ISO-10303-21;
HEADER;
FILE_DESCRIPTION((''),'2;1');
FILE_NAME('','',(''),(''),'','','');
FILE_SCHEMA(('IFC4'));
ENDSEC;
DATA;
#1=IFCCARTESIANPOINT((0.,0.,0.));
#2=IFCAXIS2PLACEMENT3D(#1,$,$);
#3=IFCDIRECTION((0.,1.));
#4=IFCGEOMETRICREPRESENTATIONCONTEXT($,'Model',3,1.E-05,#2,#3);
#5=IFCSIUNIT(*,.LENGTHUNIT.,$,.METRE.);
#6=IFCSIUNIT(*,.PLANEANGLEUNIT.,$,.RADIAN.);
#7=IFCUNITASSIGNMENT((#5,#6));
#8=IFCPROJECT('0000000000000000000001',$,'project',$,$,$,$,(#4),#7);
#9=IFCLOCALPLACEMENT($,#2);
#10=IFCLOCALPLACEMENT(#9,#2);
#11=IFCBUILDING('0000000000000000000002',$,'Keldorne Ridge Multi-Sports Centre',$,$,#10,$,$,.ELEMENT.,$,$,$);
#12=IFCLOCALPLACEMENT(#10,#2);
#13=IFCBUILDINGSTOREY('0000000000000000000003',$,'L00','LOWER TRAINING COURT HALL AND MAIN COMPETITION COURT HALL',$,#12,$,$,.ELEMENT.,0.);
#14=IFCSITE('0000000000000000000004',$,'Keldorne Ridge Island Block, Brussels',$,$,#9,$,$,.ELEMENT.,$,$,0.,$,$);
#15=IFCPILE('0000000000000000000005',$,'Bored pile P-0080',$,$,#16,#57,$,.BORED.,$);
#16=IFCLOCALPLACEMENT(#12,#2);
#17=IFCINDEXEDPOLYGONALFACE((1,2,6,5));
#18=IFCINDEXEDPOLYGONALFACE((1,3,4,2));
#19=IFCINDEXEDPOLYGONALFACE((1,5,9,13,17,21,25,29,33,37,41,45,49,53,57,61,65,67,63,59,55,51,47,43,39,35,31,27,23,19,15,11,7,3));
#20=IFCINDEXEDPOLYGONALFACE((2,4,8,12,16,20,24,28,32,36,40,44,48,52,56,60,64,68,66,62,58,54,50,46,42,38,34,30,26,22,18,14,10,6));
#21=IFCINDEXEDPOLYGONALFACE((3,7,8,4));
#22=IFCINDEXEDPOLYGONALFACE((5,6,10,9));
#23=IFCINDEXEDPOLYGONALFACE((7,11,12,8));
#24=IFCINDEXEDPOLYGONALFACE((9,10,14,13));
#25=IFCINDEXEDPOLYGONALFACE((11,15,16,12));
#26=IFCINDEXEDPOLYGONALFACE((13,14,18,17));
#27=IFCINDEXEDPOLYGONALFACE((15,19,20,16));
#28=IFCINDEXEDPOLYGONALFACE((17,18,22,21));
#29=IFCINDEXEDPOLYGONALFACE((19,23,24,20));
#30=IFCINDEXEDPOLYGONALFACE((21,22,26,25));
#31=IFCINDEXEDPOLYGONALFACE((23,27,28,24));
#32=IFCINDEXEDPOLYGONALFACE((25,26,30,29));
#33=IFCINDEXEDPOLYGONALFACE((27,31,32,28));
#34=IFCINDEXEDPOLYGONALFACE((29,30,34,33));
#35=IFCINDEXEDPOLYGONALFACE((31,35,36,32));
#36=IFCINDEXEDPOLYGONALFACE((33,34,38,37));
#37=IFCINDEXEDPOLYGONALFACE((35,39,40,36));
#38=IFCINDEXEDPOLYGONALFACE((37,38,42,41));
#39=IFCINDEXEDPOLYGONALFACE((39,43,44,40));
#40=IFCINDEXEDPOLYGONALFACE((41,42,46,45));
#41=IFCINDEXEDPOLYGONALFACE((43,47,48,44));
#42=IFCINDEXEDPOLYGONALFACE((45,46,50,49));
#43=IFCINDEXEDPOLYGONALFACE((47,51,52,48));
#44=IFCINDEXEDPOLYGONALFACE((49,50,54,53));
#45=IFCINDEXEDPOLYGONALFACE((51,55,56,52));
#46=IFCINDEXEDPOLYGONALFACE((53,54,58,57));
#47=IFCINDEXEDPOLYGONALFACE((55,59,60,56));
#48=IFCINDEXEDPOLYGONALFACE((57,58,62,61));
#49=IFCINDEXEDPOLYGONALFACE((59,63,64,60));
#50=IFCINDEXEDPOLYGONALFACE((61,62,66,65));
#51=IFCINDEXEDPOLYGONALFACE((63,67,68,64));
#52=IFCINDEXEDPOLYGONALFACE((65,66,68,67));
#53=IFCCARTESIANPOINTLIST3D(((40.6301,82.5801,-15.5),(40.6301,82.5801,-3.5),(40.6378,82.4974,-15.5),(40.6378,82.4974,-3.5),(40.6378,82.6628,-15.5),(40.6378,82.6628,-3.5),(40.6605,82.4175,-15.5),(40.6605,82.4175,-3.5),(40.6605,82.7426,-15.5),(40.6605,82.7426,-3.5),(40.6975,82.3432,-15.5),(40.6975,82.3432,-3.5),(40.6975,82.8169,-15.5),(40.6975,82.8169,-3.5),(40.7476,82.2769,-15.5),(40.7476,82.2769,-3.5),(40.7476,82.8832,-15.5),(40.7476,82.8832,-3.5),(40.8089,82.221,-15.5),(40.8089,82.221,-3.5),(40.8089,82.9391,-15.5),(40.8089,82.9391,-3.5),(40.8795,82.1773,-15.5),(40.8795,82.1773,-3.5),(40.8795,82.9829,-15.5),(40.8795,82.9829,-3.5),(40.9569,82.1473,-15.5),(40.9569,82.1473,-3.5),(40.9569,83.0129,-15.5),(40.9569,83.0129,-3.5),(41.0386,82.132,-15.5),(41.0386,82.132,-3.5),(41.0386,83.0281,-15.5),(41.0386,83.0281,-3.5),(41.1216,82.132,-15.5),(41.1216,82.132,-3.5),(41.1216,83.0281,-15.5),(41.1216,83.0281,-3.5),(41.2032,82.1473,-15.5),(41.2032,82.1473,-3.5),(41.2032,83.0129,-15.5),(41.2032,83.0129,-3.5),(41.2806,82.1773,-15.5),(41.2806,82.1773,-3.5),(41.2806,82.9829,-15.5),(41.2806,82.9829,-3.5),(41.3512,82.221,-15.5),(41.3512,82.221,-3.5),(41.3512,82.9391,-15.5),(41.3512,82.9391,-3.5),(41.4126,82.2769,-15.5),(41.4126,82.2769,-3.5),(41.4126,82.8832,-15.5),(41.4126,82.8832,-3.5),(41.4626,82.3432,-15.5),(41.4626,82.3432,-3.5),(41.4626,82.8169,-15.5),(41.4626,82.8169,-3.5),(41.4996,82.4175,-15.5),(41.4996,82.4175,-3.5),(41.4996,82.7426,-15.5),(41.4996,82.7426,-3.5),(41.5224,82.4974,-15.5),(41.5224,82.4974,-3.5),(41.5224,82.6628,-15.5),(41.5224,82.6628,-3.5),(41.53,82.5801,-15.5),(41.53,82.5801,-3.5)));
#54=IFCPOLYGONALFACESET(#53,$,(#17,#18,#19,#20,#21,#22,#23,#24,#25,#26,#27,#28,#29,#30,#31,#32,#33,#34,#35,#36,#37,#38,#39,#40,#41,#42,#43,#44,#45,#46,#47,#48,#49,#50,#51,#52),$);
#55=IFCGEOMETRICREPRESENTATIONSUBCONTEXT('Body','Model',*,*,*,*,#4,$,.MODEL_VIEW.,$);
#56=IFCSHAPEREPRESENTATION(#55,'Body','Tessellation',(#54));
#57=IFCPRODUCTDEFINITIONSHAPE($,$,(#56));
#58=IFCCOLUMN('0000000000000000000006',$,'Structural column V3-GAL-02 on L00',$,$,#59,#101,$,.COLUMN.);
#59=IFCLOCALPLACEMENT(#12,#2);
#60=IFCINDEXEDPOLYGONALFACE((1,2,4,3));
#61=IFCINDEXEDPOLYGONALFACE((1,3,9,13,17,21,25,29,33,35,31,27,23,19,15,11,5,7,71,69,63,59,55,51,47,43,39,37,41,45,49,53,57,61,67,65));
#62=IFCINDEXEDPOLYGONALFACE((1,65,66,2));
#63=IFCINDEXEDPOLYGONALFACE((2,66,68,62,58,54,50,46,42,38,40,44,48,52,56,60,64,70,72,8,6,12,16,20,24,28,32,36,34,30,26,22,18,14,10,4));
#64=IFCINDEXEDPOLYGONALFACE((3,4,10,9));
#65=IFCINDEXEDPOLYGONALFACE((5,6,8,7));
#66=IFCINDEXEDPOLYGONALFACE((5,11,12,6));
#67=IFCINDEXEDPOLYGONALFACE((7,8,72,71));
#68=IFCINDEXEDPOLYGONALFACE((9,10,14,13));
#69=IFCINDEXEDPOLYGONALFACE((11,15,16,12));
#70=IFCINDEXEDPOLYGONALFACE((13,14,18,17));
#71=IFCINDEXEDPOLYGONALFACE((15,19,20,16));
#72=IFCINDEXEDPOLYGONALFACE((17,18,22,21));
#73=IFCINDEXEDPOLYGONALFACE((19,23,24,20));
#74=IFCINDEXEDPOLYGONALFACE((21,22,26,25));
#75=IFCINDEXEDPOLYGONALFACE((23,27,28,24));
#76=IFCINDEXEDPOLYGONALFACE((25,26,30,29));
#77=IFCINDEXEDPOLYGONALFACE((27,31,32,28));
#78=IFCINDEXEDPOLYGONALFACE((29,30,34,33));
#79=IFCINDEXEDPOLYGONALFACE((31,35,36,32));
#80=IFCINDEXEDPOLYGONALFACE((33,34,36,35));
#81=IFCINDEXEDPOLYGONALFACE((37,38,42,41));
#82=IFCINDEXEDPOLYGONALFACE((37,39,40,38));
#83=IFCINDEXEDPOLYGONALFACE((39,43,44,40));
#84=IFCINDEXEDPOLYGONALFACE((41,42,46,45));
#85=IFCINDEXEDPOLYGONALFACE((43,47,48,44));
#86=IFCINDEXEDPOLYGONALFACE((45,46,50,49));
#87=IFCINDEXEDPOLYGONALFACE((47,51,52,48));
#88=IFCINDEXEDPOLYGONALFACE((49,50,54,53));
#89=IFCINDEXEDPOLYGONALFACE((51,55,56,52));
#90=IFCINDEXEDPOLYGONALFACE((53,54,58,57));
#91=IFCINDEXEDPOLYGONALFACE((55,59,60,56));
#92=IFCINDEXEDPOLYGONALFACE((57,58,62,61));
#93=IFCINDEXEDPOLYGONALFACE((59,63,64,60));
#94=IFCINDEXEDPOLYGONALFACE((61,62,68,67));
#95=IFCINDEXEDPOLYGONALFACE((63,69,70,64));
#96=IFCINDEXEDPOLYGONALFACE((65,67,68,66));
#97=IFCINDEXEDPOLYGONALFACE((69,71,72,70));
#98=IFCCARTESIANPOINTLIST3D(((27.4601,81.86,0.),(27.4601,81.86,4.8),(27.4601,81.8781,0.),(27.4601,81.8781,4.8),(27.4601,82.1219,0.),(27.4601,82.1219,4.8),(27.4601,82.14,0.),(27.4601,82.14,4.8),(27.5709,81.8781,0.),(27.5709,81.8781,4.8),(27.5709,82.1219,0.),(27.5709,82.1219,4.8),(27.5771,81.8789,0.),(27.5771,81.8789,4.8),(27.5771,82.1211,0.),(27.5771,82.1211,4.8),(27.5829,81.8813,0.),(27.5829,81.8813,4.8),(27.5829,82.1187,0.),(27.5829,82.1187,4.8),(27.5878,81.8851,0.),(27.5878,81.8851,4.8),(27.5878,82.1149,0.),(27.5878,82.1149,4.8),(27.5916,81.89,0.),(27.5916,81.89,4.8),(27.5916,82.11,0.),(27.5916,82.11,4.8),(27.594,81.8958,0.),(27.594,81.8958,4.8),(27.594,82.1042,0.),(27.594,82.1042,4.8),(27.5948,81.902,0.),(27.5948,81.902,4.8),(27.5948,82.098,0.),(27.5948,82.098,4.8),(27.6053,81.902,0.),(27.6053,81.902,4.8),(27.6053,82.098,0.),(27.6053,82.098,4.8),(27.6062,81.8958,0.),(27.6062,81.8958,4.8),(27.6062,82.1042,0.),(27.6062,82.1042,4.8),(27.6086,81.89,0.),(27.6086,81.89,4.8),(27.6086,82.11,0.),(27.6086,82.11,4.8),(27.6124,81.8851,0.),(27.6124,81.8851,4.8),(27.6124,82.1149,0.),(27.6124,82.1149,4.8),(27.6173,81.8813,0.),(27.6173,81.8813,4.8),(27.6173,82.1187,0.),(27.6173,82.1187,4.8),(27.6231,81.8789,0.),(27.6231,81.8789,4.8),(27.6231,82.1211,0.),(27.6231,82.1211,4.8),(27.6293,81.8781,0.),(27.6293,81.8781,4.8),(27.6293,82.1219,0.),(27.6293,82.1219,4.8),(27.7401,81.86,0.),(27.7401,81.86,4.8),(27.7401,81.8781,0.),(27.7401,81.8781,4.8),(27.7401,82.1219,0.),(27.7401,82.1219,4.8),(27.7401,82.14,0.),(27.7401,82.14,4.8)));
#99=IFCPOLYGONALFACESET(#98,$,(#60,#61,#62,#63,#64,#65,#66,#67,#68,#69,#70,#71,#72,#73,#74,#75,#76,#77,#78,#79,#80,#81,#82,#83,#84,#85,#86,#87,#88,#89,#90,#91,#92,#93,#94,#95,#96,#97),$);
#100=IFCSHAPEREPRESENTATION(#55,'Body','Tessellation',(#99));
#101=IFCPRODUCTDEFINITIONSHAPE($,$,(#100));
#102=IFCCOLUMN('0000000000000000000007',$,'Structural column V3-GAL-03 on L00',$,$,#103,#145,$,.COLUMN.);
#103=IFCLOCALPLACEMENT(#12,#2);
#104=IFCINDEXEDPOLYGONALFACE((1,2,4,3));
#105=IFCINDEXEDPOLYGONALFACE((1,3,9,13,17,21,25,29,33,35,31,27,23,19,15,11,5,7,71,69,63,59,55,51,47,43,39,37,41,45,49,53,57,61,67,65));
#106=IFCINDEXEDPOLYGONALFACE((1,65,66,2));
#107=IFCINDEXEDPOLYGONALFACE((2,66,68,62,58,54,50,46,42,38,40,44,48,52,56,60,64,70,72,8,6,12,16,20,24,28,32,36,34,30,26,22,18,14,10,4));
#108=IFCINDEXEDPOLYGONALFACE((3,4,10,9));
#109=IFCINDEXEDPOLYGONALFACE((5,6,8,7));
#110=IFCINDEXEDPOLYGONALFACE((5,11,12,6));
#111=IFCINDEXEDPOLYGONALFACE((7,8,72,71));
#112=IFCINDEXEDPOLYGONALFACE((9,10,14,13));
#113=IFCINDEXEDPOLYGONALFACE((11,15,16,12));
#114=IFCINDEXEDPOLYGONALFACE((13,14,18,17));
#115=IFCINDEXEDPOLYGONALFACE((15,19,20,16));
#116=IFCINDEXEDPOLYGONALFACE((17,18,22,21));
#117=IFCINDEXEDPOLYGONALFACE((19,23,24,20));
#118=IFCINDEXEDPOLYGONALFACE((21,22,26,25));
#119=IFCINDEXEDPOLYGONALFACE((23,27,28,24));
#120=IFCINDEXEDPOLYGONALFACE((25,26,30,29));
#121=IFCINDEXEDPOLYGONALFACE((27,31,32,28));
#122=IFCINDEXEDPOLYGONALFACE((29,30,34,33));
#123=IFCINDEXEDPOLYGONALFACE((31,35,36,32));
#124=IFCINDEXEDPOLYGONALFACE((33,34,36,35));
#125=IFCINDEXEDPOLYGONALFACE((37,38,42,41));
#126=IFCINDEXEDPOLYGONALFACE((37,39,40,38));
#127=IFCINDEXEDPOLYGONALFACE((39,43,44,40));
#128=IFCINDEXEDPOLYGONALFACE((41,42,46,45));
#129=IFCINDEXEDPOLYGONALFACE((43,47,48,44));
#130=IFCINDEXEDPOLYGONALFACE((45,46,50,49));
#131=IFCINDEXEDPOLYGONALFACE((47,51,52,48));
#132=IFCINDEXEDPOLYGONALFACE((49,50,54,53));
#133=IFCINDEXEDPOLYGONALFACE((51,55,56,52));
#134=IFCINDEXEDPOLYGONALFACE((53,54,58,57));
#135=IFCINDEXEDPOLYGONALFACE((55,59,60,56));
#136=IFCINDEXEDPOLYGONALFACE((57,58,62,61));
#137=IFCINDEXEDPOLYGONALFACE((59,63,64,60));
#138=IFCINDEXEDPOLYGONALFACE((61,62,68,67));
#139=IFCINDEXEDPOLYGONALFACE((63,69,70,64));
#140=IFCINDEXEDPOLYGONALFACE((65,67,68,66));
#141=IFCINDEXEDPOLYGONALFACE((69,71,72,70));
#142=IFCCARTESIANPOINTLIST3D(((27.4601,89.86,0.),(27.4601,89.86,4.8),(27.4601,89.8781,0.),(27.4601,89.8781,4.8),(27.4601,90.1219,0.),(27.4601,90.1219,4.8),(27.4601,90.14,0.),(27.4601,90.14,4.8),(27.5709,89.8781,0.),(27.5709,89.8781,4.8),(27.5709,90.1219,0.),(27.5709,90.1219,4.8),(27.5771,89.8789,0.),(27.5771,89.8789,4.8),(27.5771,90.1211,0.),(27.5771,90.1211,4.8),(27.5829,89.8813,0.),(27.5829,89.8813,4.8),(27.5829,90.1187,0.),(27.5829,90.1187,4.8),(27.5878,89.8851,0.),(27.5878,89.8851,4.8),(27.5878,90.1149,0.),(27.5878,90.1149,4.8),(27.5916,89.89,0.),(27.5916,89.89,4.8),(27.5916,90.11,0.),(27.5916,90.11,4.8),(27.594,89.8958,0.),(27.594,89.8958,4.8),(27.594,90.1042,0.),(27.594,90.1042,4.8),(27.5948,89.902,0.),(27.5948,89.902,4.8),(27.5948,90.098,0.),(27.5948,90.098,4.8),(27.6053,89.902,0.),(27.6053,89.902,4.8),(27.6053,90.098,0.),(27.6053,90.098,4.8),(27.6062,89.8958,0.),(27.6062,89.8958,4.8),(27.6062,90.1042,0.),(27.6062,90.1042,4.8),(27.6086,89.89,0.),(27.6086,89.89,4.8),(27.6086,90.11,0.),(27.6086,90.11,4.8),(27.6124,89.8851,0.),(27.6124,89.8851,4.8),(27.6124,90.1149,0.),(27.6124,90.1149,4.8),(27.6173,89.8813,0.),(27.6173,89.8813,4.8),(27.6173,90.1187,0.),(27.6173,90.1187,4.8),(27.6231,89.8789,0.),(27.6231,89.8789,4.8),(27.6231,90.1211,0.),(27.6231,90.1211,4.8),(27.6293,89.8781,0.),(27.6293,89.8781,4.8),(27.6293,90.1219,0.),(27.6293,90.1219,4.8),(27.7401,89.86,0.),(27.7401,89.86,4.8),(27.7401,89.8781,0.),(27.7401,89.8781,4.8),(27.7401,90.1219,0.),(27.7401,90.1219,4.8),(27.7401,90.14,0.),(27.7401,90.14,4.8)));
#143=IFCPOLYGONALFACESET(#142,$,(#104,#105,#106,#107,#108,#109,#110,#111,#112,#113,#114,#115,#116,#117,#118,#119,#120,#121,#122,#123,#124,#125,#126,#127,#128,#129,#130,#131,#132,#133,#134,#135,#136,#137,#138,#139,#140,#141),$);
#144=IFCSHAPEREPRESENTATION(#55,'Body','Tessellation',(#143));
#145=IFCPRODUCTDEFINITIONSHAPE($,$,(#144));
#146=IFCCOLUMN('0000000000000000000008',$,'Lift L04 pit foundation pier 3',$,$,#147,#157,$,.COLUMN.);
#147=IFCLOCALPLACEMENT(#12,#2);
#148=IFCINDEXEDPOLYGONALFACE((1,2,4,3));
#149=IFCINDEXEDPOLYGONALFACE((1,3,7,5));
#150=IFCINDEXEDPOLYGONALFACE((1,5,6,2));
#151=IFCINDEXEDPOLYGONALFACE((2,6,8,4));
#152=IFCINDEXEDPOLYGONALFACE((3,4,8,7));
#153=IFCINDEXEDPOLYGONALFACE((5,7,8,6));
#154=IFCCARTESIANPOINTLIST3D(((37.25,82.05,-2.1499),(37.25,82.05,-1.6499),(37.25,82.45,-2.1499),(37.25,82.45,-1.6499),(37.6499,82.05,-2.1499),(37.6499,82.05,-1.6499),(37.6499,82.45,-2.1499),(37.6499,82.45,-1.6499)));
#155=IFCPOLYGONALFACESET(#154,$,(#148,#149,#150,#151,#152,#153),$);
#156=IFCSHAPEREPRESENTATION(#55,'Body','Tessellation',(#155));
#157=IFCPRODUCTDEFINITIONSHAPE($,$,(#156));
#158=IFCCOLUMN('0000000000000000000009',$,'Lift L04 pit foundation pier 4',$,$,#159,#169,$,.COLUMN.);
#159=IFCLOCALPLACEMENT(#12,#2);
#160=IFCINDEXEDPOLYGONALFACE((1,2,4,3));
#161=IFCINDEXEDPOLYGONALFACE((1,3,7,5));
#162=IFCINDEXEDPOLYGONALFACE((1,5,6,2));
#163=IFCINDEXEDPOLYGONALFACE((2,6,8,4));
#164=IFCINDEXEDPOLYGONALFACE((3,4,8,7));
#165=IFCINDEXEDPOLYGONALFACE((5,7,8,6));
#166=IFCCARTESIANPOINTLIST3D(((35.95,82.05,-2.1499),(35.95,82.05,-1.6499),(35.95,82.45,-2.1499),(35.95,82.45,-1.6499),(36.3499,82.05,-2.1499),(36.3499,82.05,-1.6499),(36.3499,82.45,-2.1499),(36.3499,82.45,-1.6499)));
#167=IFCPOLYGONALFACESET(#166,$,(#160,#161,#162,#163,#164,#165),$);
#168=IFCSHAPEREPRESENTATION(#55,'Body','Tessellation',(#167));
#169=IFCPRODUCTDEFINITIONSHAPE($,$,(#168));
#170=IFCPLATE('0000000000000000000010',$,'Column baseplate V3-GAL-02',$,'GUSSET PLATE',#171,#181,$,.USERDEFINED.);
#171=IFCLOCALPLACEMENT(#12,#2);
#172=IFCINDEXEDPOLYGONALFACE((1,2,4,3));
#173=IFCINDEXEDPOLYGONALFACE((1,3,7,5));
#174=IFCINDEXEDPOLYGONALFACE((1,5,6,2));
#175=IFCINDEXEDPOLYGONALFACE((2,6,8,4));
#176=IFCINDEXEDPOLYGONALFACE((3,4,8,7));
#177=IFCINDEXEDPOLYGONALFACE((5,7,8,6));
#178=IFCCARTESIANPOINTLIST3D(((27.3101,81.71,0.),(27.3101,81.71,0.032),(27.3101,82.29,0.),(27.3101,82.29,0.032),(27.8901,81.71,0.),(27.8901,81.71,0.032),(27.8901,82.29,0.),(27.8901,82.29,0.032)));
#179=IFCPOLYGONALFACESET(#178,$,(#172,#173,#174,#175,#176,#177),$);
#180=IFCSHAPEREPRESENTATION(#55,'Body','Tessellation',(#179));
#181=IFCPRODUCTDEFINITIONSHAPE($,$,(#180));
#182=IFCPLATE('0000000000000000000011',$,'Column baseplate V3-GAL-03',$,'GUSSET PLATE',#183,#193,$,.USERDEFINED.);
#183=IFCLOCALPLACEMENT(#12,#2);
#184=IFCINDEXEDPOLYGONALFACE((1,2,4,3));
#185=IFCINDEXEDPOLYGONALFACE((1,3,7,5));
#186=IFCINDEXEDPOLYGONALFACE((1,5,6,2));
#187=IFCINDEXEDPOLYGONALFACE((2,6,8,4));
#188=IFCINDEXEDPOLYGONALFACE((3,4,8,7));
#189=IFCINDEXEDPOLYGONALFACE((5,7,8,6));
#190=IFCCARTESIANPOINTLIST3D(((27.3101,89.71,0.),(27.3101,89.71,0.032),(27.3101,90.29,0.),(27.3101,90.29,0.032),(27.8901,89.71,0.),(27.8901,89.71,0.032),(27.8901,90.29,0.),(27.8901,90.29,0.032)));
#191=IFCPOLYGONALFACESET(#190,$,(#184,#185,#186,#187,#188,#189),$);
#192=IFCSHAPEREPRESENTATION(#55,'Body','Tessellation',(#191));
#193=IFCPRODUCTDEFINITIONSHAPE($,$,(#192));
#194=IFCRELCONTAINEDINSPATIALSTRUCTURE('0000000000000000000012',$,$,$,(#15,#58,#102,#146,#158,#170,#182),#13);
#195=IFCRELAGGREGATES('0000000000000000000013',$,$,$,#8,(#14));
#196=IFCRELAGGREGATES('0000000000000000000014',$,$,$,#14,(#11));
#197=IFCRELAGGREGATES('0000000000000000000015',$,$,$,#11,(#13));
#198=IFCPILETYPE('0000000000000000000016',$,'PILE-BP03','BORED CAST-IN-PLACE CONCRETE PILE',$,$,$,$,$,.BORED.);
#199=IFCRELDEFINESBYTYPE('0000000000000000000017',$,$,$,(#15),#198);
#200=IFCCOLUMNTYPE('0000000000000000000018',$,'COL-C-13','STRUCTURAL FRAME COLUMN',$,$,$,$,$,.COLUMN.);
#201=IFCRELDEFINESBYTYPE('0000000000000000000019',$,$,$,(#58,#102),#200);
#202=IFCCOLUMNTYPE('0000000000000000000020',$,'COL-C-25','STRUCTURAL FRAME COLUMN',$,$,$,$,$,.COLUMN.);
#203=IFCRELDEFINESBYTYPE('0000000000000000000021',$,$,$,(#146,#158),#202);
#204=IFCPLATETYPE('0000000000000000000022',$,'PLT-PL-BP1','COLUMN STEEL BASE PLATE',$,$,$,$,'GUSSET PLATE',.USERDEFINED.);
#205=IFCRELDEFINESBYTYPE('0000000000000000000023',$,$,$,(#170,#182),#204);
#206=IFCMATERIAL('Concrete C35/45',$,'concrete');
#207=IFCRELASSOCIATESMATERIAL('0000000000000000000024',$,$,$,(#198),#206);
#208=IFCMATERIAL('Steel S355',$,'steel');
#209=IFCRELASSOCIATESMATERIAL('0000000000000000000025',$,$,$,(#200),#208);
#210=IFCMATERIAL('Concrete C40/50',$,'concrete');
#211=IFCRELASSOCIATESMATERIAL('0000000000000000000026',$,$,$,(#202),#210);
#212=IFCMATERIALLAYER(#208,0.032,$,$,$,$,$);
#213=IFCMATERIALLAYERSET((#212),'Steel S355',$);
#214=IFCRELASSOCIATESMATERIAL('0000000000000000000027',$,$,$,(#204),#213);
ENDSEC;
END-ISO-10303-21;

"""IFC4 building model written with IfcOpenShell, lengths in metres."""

from ifc_helpers import new_model, si_unit, direction, frame, origin, origin_2d, place, context, subcontext, project, spatial, rectangle, circle, i_section, extrude, material, layer, layer_set, material_profile, profile_set, type_object, element, save


model = new_model("IFC4")

# Units and contexts
model_context = context("Model", 3, precision=1e-05, world=origin(), true_north=direction((0.0, 1.0)))
body_context = subcontext(model_context, "Body", "Model", "MODEL_VIEW")
ifc_project = project(units=[si_unit("LENGTHUNIT", "METRE"), si_unit("PLANEANGLEUNIT", "RADIAN")], contexts=[model_context])

# Site, building, storey
site_placement = place(None, origin())
site = spatial("IfcSite", under=ifc_project, at=site_placement, Name="Keldorne Ridge Island Block, Brussels", CompositionType="ELEMENT", RefElevation=0.0)
building_placement = place(site_placement, origin())
building = spatial("IfcBuilding", under=site, at=building_placement, Name="Keldorne Ridge Multi-Sports Centre", CompositionType="ELEMENT")
storey_placement = place(building_placement, origin())
storey = spatial("IfcBuildingStorey", under=building, at=storey_placement, Name="L00", Description="LOWER TRAINING COURT HALL AND MAIN COMPETITION COURT HALL", CompositionType="ELEMENT", Elevation=0.0)

# Shared definitions
ifc_material_1 = material(Name="Concrete C35/45", Category="concrete")

# Pile
ifc_material_profile_1 = material_profile(ifc_material_1, circle(Radius=0.45, at=origin_2d()), Name="BORED PILE D900")
ifc_profile_set_1 = profile_set([ifc_material_profile_1], Name="Concrete C35/45")
pile_type_1 = type_object("IfcPileType", Name="PILE-BP03", Description="BORED CAST-IN-PLACE CONCRETE PILE", PredefinedType="BORED", material=ifc_profile_set_1)
for number, where, z_axis, x_axis, name in (
    (1, (41.0801, 82.5801, -3.5), (0.0, 0.0, -1.0), (1.0, 0.0, 0.0), "Bored pile P-0080"),
):
    element("IfcPile", number, at=place(storey_placement, frame(where, z_axis=z_axis, x_axis=x_axis)), inside=storey, type_object=pile_type_1, Name=name, PredefinedType="BORED", context=body_context, shape_type="SweptSolid", body=[
        extrude(circle(Radius=0.45, at=origin_2d()), origin(), (0.0, 0.0, 1.0), 12.0),
    ])

# Columns
ifc_material_2 = material(Name="Steel S355", Category="steel")
ifc_material_profile_2 = material_profile(ifc_material_2, i_section(OverallWidth=0.28, OverallDepth=0.28, WebThickness=0.0105, FlangeThickness=0.0181, FilletRadius=0.0239, at=origin_2d()), Name="HEB 280")
ifc_profile_set_2 = profile_set([ifc_material_profile_2], Name="Steel S355")
column_type_1 = type_object("IfcColumnType", Name="COL-C-13", Description="STRUCTURAL FRAME COLUMN", PredefinedType="COLUMN", material=ifc_profile_set_2)
for number, where, z_axis, x_axis, name in (
    (2, (27.6001, 82.0, 0.0), (0.0, 0.0, 1.0), (1.0, 0.0, 0.0), "Structural column V3-GAL-02 on L00"),
    (3, (27.6001, 90.0, 0.0), (0.0, 0.0, 1.0), (1.0, 0.0, 0.0), "Structural column V3-GAL-03 on L00"),
):
    element("IfcColumn", number, at=place(storey_placement, frame(where, z_axis=z_axis, x_axis=x_axis)), inside=storey, type_object=column_type_1, Name=name, PredefinedType="COLUMN", context=body_context, shape_type="SweptSolid", body=[
        extrude(i_section(OverallWidth=0.28, OverallDepth=0.28, WebThickness=0.0105, FlangeThickness=0.0181, FilletRadius=0.0239, at=origin_2d()), origin(), (0.0, 0.0, 1.0), 4.8),
    ])
ifc_material_3 = material(Name="Concrete C40/50", Category="concrete")
ifc_material_profile_3 = material_profile(ifc_material_3, rectangle(XDim=0.3999, YDim=0.3999, at=origin_2d()), Name="RC 400x400")
ifc_profile_set_3 = profile_set([ifc_material_profile_3], Name="Concrete C40/50")
column_type_2 = type_object("IfcColumnType", Name="COL-C-25", Description="STRUCTURAL FRAME COLUMN", PredefinedType="COLUMN", material=ifc_profile_set_3)
for number, where, z_axis, x_axis, name in (
    (4, (37.45, 82.25, -2.1499), (0.0, 0.0, 1.0), (1.0, 0.0, 0.0), "Lift L04 pit foundation pier 3"),
    (5, (36.1499, 82.25, -2.1499), (0.0, 0.0, 1.0), (1.0, 0.0, 0.0), "Lift L04 pit foundation pier 4"),
):
    element("IfcColumn", number, at=place(storey_placement, frame(where, z_axis=z_axis, x_axis=x_axis)), inside=storey, type_object=column_type_2, Name=name, PredefinedType="COLUMN", context=body_context, shape_type="SweptSolid", body=[
        extrude(rectangle(XDim=0.3999, YDim=0.3999, at=origin_2d()), origin(), (0.0, 0.0, 1.0), 0.5),
    ])

# Plates
ifc_layer_1 = layer(ifc_material_2, 0.032)
ifc_layer_set_1 = layer_set([ifc_layer_1], Name="Steel S355")
plate_type = type_object("IfcPlateType", Name="PLT-PL-BP1", Description="COLUMN STEEL BASE PLATE", ElementType="GUSSET PLATE", PredefinedType="USERDEFINED", material=ifc_layer_set_1)
for number, where, z_axis, x_axis, name in (
    (6, (27.6001, 82.0, 0.0), (0.0, 0.0, 1.0), (1.0, 0.0, 0.0), "Column baseplate V3-GAL-02"),
    (7, (27.6001, 90.0, 0.0), (0.0, 0.0, 1.0), (1.0, 0.0, 0.0), "Column baseplate V3-GAL-03"),
):
    element("IfcPlate", number, at=place(storey_placement, frame(where, z_axis=z_axis, x_axis=x_axis)), inside=storey, type_object=plate_type, Name=name, ObjectType="GUSSET PLATE", PredefinedType="USERDEFINED", context=body_context, shape_type="SweptSolid", body=[
        extrude(rectangle(XDim=0.5801, YDim=0.5801, at=origin_2d()), origin(), (0.0, 0.0, 1.0), 0.032),
    ])

save(model, "model.ifc")
